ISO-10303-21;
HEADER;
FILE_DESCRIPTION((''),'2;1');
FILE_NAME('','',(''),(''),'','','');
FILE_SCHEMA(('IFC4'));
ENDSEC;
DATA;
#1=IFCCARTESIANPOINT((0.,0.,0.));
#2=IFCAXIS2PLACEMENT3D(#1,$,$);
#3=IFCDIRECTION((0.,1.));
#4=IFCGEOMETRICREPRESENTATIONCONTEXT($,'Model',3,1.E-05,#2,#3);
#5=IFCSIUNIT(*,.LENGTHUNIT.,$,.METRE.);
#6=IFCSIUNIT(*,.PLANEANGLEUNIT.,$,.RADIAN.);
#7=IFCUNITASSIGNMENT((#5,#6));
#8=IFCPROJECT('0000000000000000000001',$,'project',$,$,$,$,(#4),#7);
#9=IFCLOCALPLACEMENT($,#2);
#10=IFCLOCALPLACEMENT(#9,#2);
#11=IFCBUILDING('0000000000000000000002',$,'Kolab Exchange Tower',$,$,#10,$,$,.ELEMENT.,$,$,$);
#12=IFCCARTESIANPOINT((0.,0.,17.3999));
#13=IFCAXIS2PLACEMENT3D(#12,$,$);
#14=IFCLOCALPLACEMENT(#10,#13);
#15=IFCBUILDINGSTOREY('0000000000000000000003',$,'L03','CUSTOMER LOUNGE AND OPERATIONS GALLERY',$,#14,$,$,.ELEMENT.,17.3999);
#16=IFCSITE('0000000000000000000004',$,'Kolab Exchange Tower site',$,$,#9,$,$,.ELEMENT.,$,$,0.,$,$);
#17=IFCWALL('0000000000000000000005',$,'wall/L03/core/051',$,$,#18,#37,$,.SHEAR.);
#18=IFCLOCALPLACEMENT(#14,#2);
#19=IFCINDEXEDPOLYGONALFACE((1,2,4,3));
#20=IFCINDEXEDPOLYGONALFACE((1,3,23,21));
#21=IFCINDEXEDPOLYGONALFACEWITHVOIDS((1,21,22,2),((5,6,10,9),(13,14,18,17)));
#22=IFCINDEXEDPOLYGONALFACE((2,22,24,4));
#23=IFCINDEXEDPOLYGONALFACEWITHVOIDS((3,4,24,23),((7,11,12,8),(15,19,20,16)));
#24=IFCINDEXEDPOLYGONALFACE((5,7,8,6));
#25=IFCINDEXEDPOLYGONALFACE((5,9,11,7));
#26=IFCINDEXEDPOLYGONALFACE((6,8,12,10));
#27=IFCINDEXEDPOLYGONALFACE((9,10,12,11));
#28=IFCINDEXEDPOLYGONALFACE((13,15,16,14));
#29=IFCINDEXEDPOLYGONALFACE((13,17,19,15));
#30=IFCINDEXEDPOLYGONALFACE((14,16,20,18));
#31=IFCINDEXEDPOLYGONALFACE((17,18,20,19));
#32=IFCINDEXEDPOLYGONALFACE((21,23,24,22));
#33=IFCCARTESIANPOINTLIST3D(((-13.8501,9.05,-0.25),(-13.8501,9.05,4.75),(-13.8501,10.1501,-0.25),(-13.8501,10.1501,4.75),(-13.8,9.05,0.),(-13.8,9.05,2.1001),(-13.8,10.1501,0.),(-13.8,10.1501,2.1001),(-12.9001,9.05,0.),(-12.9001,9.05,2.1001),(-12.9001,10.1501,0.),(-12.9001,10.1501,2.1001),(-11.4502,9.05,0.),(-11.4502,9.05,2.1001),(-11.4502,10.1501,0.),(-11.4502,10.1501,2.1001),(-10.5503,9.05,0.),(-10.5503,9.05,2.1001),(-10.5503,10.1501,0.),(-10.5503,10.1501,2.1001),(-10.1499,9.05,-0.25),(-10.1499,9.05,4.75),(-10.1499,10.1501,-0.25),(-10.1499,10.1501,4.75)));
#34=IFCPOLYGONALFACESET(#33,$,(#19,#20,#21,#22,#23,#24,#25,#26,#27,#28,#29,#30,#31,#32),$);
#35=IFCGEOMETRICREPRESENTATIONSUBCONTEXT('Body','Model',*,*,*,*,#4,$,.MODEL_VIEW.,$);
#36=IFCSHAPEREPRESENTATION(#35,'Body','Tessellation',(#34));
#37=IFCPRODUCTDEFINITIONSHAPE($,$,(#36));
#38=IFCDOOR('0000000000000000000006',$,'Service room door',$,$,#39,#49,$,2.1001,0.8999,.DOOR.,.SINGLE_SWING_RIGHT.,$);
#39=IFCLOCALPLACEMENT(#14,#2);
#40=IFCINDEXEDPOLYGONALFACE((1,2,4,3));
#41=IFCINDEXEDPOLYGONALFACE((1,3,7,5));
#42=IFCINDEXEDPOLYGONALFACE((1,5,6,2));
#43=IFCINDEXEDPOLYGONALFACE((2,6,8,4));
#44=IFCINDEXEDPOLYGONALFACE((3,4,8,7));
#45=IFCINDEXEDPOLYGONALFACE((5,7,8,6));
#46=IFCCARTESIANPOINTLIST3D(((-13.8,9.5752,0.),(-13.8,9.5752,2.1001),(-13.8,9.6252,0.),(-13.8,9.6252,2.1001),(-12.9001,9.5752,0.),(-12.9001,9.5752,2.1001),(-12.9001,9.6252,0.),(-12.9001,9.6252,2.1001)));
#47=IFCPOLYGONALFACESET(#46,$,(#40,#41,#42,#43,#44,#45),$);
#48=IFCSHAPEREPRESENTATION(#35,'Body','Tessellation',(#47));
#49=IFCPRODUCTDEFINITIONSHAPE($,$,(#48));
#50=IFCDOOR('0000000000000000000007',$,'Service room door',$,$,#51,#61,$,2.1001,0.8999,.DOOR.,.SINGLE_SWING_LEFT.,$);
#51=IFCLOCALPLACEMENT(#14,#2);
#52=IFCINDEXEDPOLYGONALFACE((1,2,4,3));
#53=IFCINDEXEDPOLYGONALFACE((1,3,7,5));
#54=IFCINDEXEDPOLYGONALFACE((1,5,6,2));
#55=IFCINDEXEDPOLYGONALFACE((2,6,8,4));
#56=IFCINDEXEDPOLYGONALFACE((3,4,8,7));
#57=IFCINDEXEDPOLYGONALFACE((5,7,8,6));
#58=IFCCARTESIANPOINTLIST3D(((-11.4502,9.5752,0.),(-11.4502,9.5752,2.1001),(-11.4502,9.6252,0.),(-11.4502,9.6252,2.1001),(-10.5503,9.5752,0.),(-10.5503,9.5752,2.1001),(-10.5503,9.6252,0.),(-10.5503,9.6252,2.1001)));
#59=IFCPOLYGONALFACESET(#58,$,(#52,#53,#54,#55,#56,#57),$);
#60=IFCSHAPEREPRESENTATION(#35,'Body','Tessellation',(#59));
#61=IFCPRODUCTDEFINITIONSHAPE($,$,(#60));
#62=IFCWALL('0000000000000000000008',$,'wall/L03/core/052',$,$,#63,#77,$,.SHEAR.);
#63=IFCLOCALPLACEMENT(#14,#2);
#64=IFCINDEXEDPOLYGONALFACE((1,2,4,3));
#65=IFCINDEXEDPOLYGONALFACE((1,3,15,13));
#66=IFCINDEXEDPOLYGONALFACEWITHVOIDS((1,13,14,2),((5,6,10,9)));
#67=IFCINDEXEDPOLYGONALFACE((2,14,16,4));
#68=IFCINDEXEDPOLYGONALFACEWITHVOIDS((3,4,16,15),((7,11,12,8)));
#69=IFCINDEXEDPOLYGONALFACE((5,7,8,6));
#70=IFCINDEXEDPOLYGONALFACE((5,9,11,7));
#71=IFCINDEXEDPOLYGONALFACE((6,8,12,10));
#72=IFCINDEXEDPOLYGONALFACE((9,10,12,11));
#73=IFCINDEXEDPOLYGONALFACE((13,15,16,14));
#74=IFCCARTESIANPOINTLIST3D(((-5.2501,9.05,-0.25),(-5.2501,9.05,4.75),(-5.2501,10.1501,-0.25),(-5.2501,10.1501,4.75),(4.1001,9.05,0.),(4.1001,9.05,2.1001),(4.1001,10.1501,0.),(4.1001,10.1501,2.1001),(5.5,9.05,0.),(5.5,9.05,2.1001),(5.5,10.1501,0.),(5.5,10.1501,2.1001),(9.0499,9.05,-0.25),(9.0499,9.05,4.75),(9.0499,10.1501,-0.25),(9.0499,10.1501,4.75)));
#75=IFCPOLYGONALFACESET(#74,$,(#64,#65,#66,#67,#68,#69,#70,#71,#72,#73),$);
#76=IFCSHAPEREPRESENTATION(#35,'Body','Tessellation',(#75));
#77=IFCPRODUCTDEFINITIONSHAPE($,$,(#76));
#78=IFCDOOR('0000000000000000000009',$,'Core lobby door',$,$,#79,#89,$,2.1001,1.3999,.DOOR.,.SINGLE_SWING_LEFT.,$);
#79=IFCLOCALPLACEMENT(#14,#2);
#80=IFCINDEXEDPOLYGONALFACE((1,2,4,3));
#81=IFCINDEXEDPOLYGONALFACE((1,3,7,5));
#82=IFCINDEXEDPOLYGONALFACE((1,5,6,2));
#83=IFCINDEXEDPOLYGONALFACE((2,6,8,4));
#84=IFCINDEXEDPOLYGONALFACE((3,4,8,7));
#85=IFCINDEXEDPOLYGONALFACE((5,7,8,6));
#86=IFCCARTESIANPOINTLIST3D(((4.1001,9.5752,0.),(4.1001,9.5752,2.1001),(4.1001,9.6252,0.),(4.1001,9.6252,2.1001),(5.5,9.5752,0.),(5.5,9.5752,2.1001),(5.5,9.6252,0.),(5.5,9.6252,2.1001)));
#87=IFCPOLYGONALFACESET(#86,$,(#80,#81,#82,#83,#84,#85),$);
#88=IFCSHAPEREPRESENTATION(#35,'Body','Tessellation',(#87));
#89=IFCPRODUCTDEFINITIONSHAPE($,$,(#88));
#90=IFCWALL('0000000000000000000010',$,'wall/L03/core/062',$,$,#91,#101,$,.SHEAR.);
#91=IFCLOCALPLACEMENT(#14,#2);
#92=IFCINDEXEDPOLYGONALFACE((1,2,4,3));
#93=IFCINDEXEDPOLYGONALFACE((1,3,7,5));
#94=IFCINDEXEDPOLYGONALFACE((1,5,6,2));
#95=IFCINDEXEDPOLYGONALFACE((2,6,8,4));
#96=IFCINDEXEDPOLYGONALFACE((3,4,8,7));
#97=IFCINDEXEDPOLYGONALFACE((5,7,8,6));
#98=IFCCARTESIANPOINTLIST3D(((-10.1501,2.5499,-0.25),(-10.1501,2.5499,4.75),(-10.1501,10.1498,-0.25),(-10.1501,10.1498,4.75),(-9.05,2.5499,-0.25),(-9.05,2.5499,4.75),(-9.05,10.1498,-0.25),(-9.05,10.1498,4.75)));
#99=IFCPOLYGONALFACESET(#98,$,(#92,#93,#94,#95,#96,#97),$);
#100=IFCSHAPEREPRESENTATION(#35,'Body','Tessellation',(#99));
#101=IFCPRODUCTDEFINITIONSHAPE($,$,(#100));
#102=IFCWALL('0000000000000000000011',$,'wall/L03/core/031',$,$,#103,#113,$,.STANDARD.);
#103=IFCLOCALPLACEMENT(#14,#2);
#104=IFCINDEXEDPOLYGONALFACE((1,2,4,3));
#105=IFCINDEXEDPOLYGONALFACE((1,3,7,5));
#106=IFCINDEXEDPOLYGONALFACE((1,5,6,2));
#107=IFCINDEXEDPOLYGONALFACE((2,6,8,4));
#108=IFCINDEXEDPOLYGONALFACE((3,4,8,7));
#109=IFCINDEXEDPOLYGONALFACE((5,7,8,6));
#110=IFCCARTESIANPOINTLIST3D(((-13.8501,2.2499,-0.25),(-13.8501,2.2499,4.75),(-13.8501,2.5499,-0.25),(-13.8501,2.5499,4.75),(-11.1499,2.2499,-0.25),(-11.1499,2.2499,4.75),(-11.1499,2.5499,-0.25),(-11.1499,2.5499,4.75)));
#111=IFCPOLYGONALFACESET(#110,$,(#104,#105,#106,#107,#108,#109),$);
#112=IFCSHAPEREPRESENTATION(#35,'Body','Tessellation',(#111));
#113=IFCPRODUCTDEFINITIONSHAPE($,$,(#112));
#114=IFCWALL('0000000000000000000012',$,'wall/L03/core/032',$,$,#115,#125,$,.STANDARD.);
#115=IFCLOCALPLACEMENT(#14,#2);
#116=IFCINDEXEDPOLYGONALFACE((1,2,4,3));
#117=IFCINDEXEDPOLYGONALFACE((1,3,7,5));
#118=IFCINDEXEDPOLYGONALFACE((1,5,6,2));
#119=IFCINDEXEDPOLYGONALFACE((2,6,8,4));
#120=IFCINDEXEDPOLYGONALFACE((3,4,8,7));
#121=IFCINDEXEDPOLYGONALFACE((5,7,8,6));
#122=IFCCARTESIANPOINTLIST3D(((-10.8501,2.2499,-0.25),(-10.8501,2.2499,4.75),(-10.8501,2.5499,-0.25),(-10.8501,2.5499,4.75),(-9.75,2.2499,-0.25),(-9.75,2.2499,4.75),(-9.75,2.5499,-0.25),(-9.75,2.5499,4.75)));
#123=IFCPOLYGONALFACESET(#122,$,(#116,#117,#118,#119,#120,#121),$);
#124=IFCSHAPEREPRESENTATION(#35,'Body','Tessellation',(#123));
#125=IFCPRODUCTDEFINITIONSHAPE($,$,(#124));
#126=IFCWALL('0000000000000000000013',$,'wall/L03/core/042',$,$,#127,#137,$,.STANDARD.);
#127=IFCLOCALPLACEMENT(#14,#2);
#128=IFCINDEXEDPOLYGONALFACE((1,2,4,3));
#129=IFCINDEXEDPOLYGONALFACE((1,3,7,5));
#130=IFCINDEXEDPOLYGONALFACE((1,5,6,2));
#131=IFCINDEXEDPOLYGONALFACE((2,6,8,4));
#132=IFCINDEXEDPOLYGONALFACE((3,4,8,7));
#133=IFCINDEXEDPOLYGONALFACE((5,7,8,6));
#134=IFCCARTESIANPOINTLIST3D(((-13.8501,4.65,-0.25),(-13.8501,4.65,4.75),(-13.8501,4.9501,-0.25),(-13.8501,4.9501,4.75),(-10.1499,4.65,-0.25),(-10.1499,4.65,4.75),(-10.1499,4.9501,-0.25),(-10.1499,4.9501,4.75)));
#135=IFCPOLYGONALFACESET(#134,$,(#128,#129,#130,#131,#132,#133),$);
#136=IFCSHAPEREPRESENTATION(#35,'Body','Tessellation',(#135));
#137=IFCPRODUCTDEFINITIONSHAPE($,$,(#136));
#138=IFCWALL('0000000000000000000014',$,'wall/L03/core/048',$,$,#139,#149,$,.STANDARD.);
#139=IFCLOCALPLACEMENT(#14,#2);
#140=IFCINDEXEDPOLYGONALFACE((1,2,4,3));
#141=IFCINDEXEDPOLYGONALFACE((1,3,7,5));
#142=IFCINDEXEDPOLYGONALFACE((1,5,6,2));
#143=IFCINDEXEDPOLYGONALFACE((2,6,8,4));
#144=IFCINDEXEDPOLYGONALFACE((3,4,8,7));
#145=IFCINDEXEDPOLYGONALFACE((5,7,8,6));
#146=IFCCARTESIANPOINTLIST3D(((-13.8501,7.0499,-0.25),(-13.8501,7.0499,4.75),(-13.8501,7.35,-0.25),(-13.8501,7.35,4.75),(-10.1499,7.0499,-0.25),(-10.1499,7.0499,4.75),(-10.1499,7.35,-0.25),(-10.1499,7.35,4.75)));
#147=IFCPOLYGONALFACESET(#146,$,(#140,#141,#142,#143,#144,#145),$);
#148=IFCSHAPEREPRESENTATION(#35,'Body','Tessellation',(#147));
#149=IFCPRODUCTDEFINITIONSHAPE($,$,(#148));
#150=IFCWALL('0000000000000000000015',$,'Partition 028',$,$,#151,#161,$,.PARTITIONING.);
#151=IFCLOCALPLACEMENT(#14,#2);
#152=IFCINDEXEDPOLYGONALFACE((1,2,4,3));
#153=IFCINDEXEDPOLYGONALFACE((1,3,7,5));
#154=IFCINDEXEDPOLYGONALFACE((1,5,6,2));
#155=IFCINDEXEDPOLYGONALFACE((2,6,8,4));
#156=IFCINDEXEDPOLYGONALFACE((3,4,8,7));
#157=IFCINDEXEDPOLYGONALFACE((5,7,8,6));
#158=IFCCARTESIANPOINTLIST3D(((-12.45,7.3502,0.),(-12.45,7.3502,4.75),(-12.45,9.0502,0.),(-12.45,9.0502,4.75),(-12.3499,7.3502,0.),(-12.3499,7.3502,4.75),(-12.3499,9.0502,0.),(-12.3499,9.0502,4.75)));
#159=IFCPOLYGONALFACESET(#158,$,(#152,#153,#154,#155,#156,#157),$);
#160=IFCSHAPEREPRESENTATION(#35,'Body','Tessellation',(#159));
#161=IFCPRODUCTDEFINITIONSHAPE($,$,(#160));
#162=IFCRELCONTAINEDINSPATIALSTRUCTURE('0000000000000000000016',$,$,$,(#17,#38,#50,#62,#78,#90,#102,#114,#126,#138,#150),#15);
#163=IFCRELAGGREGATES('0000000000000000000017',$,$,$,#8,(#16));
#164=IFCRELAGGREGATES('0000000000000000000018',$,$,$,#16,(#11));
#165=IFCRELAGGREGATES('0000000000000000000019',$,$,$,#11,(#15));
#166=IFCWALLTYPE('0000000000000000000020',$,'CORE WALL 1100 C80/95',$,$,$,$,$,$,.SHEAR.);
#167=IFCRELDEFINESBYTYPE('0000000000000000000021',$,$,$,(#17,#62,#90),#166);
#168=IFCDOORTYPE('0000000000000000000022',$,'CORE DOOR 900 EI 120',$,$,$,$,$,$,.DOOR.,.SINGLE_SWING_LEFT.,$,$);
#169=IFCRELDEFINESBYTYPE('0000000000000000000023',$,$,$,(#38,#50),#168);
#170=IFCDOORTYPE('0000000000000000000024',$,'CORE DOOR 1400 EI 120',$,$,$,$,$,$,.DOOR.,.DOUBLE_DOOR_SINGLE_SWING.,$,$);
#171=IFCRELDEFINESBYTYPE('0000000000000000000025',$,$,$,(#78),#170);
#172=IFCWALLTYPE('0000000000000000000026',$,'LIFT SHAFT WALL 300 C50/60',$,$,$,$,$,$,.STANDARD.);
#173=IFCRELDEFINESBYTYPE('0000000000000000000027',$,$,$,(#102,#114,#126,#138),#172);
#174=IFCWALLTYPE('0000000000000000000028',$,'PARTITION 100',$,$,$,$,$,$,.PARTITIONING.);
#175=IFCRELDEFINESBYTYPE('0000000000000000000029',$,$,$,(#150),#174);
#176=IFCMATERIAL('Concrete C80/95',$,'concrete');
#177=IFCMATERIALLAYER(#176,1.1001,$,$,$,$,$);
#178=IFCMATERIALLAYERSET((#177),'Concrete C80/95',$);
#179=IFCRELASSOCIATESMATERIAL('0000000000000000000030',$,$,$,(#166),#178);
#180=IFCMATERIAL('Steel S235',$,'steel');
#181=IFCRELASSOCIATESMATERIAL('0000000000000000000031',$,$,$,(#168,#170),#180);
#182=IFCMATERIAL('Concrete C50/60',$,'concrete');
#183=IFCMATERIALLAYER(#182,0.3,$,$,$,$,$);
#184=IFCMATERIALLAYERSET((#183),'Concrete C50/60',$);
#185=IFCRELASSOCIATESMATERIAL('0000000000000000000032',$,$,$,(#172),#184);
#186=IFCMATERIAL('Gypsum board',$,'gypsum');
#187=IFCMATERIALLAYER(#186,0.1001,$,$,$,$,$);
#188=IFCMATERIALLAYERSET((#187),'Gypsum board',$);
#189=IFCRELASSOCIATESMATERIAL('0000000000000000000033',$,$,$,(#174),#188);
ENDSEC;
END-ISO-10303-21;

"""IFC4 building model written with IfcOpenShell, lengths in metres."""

from ifc_helpers import new_model, si_unit, direction, frame, frame_2d, origin, place, context, subcontext, project, spatial, rectangle, extrude, material, layer, layer_set, type_object, element, fill, save


model = new_model("IFC4")

# Units and contexts
model_context = context("Model", 3, precision=1e-05, world=origin(), true_north=direction((0.0, 1.0)))
body_context = subcontext(model_context, "Body", "Model", "MODEL_VIEW")
ifc_project = project(units=[si_unit("LENGTHUNIT", "METRE"), si_unit("PLANEANGLEUNIT", "RADIAN")], contexts=[model_context])

# Site, building, storey
site_placement = place(None, origin())
site = spatial("IfcSite", under=ifc_project, at=site_placement, Name="Kolab Exchange Tower site", CompositionType="ELEMENT", RefElevation=0.0)
building_placement = place(site_placement, origin())
building = spatial("IfcBuilding", under=site, at=building_placement, Name="Kolab Exchange Tower", CompositionType="ELEMENT")
storey_placement = place(building_placement, frame((0.0, 0.0, 17.3999)))
storey = spatial("IfcBuildingStorey", under=building, at=storey_placement, Name="L03", Description="CUSTOMER LOUNGE AND OPERATIONS GALLERY", CompositionType="ELEMENT", Elevation=17.3999)

# Wall, openings, doors
ifc_material_1 = material(Name="Concrete C80/95", Category="concrete")
ifc_layer_1 = layer(ifc_material_1, 1.1001)
ifc_layer_set_1 = layer_set([ifc_layer_1], Name="Concrete C80/95")
wall_type_1 = type_object("IfcWallType", Name="CORE WALL 1100 C80/95", PredefinedType="SHEAR", material=ifc_layer_set_1)
wall_1_placement = place(storey_placement, frame((-13.8501, 9.6001, -0.25), z_axis=(0.0, 0.0, 1.0), x_axis=(1.0, 0.0, 0.0)))
wall_1 = element("IfcWall", 1, at=wall_1_placement, inside=storey, type_object=wall_type_1, Name="wall/L03/core/051", PredefinedType="SHEAR", context=body_context, shape_type="SweptSolid", body=[
    extrude(rectangle(XDim=3.7002, YDim=1.1001, at=frame_2d((1.8501, 0.0))), origin(), (0.0, 0.0, 1.0), 5.0),
])
opening_1_placement = place(wall_1_placement, frame((0.05, 0.0, 0.25)))
opening_1 = element("IfcOpeningElement", 2, at=opening_1_placement, cuts=wall_1, PredefinedType="OPENING", context=body_context, shape_type="SweptSolid", body=[
    extrude(rectangle(XDim=0.8999, YDim=2.1001, at=frame_2d((0.45, 1.05))), frame((0.0, 0.5601, 0.0), z_axis=(0.0, -1.0, 0.0), x_axis=(1.0, 0.0, 0.0)), (0.0, 0.0, 1.0), 1.1201),
])
opening_2_placement = place(wall_1_placement, frame((2.3999, 0.0, 0.25)))
opening_2 = element("IfcOpeningElement", 3, at=opening_2_placement, cuts=wall_1, PredefinedType="OPENING", context=body_context, shape_type="SweptSolid", body=[
    extrude(rectangle(XDim=0.8999, YDim=2.1001, at=frame_2d((0.45, 1.05))), frame((0.0, 0.5601, 0.0), z_axis=(0.0, -1.0, 0.0), x_axis=(1.0, 0.0, 0.0)), (0.0, 0.0, 1.0), 1.1201),
])
ifc_material_2 = material(Name="Steel S235", Category="steel")
door_type_1 = type_object("IfcDoorType", Name="CORE DOOR 900 EI 120", OperationType="SINGLE_SWING_LEFT", PredefinedType="DOOR", material=ifc_material_2)
door_1_placement = place(opening_1_placement, frame((0.8999, 0.0, 0.0), z_axis=(0.0, 0.0, 1.0), x_axis=(-1.0, 0.0, 0.0)))
door_1 = element("IfcDoor", 4, at=door_1_placement, inside=storey, type_object=door_type_1, Name="Service room door", OperationType="SINGLE_SWING_RIGHT", OverallHeight=2.1001, OverallWidth=0.8999, PredefinedType="DOOR", context=body_context, shape_type="SweptSolid", body=[
    extrude(rectangle(XDim=0.8999, YDim=2.1001, at=frame_2d((0.45, 1.05))), frame((0.0, 0.0249, 0.0), z_axis=(0.0, -1.0, 0.0), x_axis=(1.0, 0.0, 0.0)), (0.0, 0.0, 1.0), 0.05),
])
fill(opening_1, door_1)
door_2_placement = place(opening_2_placement, frame((0.8999, 0.0, 0.0), z_axis=(0.0, 0.0, 1.0), x_axis=(-1.0, 0.0, 0.0)))
door_2 = element("IfcDoor", 5, at=door_2_placement, inside=storey, type_object=door_type_1, Name="Service room door", OperationType="SINGLE_SWING_LEFT", OverallHeight=2.1001, OverallWidth=0.8999, PredefinedType="DOOR", context=body_context, shape_type="SweptSolid", body=[
    extrude(rectangle(XDim=0.8999, YDim=2.1001, at=frame_2d((0.45, 1.05))), frame((0.0, 0.0249, 0.0), z_axis=(0.0, -1.0, 0.0), x_axis=(1.0, 0.0, 0.0)), (0.0, 0.0, 1.0), 0.05),
])
fill(opening_2, door_2)

# Wall, opening, door
wall_2_placement = place(storey_placement, frame((-5.25, 9.6001, -0.25), z_axis=(0.0, 0.0, 1.0), x_axis=(1.0, 0.0, 0.0)))
wall_2 = element("IfcWall", 6, at=wall_2_placement, inside=storey, type_object=wall_type_1, Name="wall/L03/core/052", PredefinedType="SHEAR", context=body_context, shape_type="SweptSolid", body=[
    extrude(rectangle(XDim=14.3, YDim=1.1001, at=frame_2d((7.1499, 0.0))), origin(), (0.0, 0.0, 1.0), 5.0),
])
opening_3_placement = place(wall_2_placement, frame((9.3501, 0.0, 0.25)))
opening_3 = element("IfcOpeningElement", 7, at=opening_3_placement, cuts=wall_2, PredefinedType="OPENING", context=body_context, shape_type="SweptSolid", body=[
    extrude(rectangle(XDim=1.3999, YDim=2.1001, at=frame_2d((0.7, 1.05))), frame((0.0, 0.5601, 0.0), z_axis=(0.0, -1.0, 0.0), x_axis=(1.0, 0.0, 0.0)), (0.0, 0.0, 1.0), 1.1201),
])
door_type_2 = type_object("IfcDoorType", Name="CORE DOOR 1400 EI 120", OperationType="DOUBLE_DOOR_SINGLE_SWING", PredefinedType="DOOR", material=ifc_material_2)
door_3_placement = place(opening_3_placement, frame((1.3999, 0.0, 0.0), z_axis=(0.0, 0.0, 1.0), x_axis=(-1.0, 0.0, 0.0)))
door_3 = element("IfcDoor", 8, at=door_3_placement, inside=storey, type_object=door_type_2, Name="Core lobby door", OperationType="SINGLE_SWING_LEFT", OverallHeight=2.1001, OverallWidth=1.3999, PredefinedType="DOOR", context=body_context, shape_type="SweptSolid", body=[
    extrude(rectangle(XDim=1.3999, YDim=2.1001, at=frame_2d((0.7, 1.05))), frame((0.0, 0.0249, 0.0), z_axis=(0.0, -1.0, 0.0), x_axis=(1.0, 0.0, 0.0)), (0.0, 0.0, 1.0), 0.05),
])
fill(opening_3, door_3)

# Walls
wall_3_placement = place(storey_placement, frame((-9.6001, 2.55, -0.25), z_axis=(0.0, 0.0, 1.0), x_axis=(0.0, 1.0, 0.0)))
element("IfcWall", 9, at=wall_3_placement, inside=storey, type_object=wall_type_1, Name="wall/L03/core/062", PredefinedType="SHEAR", context=body_context, shape_type="SweptSolid", body=[
    extrude(rectangle(XDim=7.5999, YDim=1.1001, at=frame_2d((3.7998, 0.0))), origin(), (0.0, 0.0, 1.0), 5.0),
])
ifc_material_3 = material(Name="Concrete C50/60", Category="concrete")
ifc_layer_2 = layer(ifc_material_3, 0.3)
ifc_layer_set_2 = layer_set([ifc_layer_2], Name="Concrete C50/60")
wall_type_2 = type_object("IfcWallType", Name="LIFT SHAFT WALL 300 C50/60", PredefinedType="STANDARD", material=ifc_layer_set_2)
wall_4_placement = place(storey_placement, frame((-13.8501, 2.3999, -0.25), z_axis=(0.0, 0.0, 1.0), x_axis=(1.0, 0.0, 0.0)))
element("IfcWall", 10, at=wall_4_placement, inside=storey, type_object=wall_type_2, Name="wall/L03/core/031", PredefinedType="STANDARD", context=body_context, shape_type="SweptSolid", body=[
    extrude(rectangle(XDim=2.7002, YDim=0.3, at=frame_2d((1.3501, 0.0))), origin(), (0.0, 0.0, 1.0), 5.0),
])
wall_5_placement = place(storey_placement, frame((-10.8501, 2.3999, -0.25), z_axis=(0.0, 0.0, 1.0), x_axis=(1.0, 0.0, 0.0)))
element("IfcWall", 11, at=wall_5_placement, inside=storey, type_object=wall_type_2, Name="wall/L03/core/032", PredefinedType="STANDARD", context=body_context, shape_type="SweptSolid", body=[
    extrude(rectangle(XDim=1.1001, YDim=0.3, at=frame_2d((0.55, 0.0))), origin(), (0.0, 0.0, 1.0), 5.0),
])
for number, where, z_axis, x_axis, name in (
    (12, (-13.8501, 4.8, -0.25), (0.0, 0.0, 1.0), (1.0, 0.0, 0.0), "wall/L03/core/042"),
    (13, (-13.8501, 7.2, -0.25), (0.0, 0.0, 1.0), (1.0, 0.0, 0.0), "wall/L03/core/048"),
):
    element("IfcWall", number, at=place(storey_placement, frame(where, z_axis=z_axis, x_axis=x_axis)), inside=storey, type_object=wall_type_2, Name=name, PredefinedType="STANDARD", context=body_context, shape_type="SweptSolid", body=[
        extrude(rectangle(XDim=3.7002, YDim=0.3, at=frame_2d((1.8501, 0.0))), origin(), (0.0, 0.0, 1.0), 5.0),
    ])
ifc_material_4 = material(Name="Gypsum board", Category="gypsum")
ifc_layer_3 = layer(ifc_material_4, 0.1001)
ifc_layer_set_3 = layer_set([ifc_layer_3], Name="Gypsum board")
wall_type_3 = type_object("IfcWallType", Name="PARTITION 100", PredefinedType="PARTITIONING", material=ifc_layer_set_3)
wall_6_placement = place(storey_placement, frame((-12.3999, 7.3501, 0.0), z_axis=(0.0, 0.0, 1.0), x_axis=(0.0, 1.0, 0.0)))
element("IfcWall", 14, at=wall_6_placement, inside=storey, type_object=wall_type_3, Name="Partition 028", PredefinedType="PARTITIONING", context=body_context, shape_type="SweptSolid", body=[
    extrude(rectangle(XDim=1.7, YDim=0.1001, at=frame_2d((0.8501, 0.0))), origin(), (0.0, 0.0, 1.0), 4.75),
])

save(model, "model.ifc")
